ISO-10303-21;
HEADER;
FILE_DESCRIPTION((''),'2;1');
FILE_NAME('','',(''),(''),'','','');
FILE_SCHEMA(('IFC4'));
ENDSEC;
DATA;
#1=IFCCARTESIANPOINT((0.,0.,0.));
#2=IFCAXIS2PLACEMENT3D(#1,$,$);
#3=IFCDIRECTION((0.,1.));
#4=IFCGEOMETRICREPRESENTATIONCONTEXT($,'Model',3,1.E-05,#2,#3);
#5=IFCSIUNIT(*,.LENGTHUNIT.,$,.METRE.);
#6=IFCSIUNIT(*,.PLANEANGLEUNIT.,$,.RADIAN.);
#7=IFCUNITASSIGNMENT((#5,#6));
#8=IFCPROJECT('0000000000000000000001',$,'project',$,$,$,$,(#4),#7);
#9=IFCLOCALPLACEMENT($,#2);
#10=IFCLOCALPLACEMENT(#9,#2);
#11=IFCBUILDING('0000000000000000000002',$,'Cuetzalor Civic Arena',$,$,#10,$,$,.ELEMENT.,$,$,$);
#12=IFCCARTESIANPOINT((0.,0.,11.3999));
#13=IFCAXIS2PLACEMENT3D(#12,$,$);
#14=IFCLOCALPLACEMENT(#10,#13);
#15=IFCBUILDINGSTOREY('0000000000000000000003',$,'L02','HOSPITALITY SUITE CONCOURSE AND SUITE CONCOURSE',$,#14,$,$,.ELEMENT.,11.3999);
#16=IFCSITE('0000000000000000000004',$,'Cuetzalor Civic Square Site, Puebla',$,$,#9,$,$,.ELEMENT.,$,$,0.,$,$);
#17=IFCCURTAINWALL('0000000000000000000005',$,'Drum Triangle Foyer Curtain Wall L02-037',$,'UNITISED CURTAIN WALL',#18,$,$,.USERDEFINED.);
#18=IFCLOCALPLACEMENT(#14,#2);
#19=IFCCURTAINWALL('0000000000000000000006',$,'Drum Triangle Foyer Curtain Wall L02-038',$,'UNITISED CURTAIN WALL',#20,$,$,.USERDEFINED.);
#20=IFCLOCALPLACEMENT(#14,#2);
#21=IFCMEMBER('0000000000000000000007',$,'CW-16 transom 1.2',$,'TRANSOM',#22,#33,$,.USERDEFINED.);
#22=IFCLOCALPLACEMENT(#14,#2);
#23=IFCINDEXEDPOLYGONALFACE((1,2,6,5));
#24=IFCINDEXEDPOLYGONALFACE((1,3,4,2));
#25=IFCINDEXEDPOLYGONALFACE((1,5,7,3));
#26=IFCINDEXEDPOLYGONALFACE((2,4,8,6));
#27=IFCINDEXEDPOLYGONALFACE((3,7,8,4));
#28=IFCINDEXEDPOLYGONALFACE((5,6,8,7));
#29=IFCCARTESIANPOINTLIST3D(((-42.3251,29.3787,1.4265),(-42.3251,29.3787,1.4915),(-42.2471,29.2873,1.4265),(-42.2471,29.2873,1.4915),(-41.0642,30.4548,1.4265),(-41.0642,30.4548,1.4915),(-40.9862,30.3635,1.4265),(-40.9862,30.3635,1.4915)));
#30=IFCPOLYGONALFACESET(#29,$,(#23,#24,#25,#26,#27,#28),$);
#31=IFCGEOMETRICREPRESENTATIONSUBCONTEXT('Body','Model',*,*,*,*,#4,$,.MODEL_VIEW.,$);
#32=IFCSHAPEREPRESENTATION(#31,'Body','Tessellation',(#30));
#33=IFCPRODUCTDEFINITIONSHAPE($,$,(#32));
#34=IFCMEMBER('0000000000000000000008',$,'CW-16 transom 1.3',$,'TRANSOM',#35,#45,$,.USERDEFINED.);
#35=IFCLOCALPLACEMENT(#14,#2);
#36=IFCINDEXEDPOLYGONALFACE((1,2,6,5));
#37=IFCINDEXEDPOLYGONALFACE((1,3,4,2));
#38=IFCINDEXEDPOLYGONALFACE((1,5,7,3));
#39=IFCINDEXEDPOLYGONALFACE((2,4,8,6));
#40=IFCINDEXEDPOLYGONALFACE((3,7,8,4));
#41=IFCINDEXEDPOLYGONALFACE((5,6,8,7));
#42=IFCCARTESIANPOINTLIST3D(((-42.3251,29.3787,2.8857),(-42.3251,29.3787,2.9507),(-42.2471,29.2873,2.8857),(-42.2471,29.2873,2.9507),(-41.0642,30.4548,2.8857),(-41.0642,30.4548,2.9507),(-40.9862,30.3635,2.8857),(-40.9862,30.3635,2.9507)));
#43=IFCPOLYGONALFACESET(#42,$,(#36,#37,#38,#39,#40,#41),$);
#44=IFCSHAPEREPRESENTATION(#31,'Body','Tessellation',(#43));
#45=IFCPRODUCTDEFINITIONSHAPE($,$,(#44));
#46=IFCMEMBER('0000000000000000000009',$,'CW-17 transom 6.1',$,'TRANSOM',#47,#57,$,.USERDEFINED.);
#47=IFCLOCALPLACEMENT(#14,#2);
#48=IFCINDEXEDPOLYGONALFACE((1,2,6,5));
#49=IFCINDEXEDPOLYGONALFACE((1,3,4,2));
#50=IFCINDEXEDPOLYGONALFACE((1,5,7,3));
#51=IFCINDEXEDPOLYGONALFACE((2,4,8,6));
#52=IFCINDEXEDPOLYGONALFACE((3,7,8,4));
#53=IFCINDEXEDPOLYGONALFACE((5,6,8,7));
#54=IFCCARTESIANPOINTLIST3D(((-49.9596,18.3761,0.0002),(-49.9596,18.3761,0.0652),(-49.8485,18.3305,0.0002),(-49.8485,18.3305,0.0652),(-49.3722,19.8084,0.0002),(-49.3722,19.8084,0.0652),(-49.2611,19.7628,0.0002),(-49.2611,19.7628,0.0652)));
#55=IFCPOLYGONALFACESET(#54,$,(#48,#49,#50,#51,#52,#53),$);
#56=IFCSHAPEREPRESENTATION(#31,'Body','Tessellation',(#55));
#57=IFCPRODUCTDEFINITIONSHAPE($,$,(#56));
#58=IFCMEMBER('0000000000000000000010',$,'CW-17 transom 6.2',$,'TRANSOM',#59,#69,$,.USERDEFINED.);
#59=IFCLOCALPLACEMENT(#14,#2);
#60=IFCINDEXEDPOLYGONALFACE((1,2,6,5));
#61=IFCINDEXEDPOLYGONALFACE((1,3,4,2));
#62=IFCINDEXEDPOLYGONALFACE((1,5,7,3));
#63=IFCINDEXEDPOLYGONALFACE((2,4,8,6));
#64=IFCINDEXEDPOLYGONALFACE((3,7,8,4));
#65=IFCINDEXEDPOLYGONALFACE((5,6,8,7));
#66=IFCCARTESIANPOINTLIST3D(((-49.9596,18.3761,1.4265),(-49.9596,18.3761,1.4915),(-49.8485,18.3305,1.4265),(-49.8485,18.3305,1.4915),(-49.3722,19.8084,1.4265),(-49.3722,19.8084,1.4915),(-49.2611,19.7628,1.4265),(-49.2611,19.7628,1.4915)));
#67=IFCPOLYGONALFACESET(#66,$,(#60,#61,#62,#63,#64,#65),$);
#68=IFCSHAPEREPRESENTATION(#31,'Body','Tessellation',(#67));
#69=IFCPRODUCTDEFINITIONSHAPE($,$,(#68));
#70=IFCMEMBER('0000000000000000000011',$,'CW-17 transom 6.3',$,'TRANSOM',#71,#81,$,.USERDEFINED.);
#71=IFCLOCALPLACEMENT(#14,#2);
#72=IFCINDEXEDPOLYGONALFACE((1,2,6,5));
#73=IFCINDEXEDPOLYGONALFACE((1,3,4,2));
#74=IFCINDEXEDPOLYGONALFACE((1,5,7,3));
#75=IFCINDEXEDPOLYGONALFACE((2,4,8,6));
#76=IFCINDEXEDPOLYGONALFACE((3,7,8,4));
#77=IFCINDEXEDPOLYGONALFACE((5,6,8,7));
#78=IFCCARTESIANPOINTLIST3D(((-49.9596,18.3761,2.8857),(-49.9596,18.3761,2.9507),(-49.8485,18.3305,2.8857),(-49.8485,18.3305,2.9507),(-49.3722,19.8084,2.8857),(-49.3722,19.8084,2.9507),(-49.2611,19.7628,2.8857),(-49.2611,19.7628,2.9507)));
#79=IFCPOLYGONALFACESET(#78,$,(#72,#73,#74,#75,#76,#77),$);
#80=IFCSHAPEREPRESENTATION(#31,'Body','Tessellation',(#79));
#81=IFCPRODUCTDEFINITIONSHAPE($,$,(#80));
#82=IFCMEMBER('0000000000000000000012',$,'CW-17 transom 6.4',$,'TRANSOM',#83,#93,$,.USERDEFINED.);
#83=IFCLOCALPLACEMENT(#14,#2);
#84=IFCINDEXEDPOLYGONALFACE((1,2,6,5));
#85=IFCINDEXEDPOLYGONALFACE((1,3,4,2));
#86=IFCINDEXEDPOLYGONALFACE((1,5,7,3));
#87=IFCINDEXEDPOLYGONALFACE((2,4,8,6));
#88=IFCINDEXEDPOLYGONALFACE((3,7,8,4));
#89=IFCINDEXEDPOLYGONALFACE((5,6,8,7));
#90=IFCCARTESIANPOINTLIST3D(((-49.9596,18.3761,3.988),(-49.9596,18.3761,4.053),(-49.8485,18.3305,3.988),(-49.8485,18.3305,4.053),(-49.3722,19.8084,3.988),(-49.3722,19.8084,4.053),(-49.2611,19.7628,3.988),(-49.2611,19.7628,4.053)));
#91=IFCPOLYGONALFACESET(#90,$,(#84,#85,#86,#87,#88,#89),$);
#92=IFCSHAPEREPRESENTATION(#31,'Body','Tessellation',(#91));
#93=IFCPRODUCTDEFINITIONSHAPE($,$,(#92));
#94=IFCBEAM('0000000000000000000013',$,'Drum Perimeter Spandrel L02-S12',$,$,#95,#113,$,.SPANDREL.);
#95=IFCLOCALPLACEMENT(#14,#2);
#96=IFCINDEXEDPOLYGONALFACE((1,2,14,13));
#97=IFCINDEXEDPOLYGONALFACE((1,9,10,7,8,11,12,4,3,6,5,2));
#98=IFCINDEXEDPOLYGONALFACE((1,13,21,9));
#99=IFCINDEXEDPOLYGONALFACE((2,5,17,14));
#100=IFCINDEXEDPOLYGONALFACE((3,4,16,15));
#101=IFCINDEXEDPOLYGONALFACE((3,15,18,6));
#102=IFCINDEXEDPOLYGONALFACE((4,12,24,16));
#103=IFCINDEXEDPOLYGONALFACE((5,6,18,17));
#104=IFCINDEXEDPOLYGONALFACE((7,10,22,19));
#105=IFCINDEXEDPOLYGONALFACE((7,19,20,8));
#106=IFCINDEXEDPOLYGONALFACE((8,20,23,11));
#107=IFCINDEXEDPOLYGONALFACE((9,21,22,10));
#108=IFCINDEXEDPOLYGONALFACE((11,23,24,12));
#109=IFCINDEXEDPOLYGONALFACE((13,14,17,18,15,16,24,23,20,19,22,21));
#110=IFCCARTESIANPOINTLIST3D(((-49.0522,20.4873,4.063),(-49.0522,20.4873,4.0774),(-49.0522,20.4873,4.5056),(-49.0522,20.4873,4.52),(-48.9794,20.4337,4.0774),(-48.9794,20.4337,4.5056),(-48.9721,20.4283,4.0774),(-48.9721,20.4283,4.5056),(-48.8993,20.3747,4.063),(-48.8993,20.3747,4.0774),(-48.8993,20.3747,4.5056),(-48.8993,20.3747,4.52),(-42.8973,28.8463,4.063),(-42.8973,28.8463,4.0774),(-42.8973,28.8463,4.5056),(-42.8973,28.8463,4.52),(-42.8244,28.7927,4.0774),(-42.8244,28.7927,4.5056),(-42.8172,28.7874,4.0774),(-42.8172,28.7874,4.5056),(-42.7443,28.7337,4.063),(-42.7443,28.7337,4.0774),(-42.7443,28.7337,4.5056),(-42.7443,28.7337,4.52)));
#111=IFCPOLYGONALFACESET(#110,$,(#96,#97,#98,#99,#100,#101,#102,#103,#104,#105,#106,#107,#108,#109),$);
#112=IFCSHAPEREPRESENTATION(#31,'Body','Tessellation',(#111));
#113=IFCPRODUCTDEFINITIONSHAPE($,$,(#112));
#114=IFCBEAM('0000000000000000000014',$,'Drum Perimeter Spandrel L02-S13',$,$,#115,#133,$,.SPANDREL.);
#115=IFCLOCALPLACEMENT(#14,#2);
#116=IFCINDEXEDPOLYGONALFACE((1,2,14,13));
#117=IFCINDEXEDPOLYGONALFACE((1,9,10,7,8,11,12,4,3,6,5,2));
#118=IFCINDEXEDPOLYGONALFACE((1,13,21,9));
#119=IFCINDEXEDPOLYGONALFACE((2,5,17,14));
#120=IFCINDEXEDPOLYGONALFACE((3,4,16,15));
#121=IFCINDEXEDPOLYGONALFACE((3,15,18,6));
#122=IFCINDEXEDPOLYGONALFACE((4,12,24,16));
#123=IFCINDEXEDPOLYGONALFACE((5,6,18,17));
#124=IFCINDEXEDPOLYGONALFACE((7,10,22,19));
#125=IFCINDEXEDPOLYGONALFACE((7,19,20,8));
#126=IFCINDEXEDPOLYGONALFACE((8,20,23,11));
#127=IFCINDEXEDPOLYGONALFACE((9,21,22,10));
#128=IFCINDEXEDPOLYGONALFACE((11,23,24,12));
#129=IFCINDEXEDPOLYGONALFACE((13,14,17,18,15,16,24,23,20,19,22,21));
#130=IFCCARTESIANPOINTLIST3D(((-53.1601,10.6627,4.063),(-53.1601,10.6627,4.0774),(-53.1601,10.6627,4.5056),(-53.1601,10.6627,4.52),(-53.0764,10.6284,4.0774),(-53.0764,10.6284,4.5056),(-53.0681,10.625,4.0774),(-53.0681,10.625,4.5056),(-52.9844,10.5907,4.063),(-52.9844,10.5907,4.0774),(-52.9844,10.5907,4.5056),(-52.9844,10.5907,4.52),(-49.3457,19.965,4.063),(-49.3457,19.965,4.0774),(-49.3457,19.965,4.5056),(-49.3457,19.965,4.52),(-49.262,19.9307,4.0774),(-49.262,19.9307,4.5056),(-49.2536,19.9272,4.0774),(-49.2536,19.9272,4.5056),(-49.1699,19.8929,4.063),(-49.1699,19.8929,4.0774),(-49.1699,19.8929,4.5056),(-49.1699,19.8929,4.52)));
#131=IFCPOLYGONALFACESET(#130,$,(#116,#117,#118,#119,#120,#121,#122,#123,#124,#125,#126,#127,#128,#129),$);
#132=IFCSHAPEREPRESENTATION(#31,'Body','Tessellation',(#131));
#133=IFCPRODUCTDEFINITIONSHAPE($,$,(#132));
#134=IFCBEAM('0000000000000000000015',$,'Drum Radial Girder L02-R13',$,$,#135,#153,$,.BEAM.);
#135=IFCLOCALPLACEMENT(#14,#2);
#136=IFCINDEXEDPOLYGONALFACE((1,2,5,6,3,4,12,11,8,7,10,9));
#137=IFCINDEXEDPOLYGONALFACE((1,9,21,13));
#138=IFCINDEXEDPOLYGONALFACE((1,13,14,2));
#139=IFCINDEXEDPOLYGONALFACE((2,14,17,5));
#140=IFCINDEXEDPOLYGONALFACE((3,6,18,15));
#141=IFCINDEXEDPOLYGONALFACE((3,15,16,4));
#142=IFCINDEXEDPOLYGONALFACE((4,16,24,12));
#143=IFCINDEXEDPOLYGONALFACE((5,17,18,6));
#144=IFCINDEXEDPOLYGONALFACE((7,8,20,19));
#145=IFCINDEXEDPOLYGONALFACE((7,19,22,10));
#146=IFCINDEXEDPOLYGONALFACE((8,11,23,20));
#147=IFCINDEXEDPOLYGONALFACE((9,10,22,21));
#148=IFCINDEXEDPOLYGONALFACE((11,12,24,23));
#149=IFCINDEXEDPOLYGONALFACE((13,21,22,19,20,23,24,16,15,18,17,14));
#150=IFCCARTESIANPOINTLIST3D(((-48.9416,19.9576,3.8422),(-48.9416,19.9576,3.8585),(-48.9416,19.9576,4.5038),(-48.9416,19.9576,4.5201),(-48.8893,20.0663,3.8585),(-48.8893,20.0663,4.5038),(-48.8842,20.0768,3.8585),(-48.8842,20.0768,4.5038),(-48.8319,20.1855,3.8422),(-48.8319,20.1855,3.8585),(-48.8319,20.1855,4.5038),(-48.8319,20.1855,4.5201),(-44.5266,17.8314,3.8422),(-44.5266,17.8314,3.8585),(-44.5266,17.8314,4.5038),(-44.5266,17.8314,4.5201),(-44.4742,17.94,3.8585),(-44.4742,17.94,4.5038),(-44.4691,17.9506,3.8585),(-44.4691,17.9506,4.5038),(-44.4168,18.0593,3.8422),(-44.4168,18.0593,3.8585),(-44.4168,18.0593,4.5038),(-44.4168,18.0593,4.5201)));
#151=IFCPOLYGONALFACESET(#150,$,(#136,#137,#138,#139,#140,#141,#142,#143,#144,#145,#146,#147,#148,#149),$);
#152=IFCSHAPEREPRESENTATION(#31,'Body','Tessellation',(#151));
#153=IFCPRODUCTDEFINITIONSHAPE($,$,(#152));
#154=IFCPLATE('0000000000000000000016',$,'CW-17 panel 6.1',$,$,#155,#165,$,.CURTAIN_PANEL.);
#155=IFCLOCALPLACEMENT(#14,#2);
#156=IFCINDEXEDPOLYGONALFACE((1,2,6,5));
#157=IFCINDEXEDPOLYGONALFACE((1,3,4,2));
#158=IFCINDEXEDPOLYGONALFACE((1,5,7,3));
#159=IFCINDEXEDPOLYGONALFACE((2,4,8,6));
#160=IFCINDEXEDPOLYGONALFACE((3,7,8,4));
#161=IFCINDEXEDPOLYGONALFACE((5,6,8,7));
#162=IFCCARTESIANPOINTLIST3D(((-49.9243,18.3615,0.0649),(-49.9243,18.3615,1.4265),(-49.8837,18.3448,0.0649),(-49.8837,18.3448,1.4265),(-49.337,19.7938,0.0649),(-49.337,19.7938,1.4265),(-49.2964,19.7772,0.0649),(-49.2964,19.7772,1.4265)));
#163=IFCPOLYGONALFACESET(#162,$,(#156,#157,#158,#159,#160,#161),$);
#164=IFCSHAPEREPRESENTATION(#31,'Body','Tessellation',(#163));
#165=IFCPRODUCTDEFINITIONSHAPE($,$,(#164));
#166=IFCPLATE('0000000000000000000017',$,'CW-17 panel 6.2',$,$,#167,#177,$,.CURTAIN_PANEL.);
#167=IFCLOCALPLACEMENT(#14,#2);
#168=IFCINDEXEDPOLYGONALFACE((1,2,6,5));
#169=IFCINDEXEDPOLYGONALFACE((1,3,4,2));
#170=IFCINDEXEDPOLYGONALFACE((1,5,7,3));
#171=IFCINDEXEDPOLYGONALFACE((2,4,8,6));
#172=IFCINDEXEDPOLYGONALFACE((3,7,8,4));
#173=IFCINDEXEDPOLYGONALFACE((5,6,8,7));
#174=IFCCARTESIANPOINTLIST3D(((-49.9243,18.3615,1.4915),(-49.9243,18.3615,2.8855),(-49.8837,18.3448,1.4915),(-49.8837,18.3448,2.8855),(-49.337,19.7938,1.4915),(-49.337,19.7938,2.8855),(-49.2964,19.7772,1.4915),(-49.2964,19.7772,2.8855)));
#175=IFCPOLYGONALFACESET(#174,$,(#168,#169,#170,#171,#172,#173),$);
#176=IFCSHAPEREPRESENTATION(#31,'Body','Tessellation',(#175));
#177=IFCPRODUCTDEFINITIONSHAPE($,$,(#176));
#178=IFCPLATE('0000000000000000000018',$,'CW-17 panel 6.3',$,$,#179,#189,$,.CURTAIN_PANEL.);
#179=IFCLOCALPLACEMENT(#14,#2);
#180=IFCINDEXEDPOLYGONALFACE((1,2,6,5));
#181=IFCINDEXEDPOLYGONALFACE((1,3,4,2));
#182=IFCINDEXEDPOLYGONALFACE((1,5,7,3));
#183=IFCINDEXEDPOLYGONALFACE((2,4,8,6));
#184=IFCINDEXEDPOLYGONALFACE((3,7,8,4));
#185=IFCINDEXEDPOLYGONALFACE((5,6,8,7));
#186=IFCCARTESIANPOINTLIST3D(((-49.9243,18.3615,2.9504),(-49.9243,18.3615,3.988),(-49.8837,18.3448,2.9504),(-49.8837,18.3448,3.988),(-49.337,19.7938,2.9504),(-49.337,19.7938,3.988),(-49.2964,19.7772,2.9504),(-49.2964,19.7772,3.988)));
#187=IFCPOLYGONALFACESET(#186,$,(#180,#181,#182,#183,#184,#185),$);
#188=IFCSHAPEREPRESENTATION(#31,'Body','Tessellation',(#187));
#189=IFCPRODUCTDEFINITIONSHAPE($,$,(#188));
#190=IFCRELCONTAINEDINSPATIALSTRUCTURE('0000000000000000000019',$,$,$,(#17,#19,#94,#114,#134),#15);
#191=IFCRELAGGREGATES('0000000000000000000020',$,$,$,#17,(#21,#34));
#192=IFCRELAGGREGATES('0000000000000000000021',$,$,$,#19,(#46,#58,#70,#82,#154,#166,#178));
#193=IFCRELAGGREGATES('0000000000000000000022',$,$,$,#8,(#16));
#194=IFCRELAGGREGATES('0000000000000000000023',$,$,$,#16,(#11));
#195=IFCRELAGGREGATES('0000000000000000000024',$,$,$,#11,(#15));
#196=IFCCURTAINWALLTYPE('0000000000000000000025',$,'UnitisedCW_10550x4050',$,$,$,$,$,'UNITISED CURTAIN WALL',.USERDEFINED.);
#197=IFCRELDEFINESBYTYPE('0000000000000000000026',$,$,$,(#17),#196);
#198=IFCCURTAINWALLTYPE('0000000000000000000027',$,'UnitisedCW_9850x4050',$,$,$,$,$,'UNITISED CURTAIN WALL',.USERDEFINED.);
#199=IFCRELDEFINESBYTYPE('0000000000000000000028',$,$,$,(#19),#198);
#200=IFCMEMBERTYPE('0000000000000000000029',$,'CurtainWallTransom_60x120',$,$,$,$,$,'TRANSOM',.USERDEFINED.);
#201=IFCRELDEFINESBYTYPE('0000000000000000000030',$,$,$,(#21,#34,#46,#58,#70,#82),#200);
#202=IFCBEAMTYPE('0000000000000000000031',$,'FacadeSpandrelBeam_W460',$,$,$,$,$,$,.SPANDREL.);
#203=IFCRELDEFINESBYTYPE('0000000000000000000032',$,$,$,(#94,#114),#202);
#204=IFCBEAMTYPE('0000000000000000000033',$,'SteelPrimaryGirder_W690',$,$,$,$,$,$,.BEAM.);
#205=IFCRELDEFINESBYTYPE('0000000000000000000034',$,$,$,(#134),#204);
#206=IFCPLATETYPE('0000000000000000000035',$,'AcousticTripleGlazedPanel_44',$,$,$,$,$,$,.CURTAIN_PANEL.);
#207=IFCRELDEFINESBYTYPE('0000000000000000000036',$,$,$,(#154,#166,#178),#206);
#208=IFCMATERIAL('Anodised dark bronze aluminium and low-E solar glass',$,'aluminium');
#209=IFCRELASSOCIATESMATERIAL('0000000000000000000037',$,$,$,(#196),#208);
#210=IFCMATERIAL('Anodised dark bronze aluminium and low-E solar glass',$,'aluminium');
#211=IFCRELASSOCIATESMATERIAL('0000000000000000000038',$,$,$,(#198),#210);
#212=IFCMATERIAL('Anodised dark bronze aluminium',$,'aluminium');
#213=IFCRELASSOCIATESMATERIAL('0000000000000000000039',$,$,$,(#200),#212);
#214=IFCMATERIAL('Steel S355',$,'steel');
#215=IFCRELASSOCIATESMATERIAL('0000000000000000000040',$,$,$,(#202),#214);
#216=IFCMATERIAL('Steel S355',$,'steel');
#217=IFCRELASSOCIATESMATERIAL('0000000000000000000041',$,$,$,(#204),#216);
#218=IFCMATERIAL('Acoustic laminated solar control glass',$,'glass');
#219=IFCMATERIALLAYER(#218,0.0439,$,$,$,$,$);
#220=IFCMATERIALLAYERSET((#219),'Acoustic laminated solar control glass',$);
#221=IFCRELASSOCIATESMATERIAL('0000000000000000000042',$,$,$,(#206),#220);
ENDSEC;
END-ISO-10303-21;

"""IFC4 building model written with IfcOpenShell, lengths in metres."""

from ifc_helpers import new_model, si_unit, direction, frame, origin, origin_2d, place, context, subcontext, project, spatial, rectangle, i_section, extrude, material, layer, layer_set, material_profile, profile_set, type_object, element, aggregate, save


model = new_model("IFC4")

# Units and contexts
model_context = context("Model", 3, precision=1e-05, world=origin(), true_north=direction((0.0, 1.0)))
body_context = subcontext(model_context, "Body", "Model", "MODEL_VIEW")
ifc_project = project(units=[si_unit("LENGTHUNIT", "METRE"), si_unit("PLANEANGLEUNIT", "RADIAN")], contexts=[model_context])

# Site, building, storey
site_placement = place(None, origin())
site = spatial("IfcSite", under=ifc_project, at=site_placement, Name="Cuetzalor Civic Square Site, Puebla", CompositionType="ELEMENT", RefElevation=0.0)
building_placement = place(site_placement, origin())
building = spatial("IfcBuilding", under=site, at=building_placement, Name="Cuetzalor Civic Arena", CompositionType="ELEMENT")
storey_placement = place(building_placement, frame((0.0, 0.0, 11.3999)))
storey = spatial("IfcBuildingStorey", under=building, at=storey_placement, Name="L02", Description="HOSPITALITY SUITE CONCOURSE AND SUITE CONCOURSE", CompositionType="ELEMENT", Elevation=11.3999)

# Curtain wall
ifc_material_1 = material(Name="Anodised dark bronze aluminium and low-E solar glass", Category="aluminium")
curtain_wall_type_1 = type_object("IfcCurtainWallType", Name="UnitisedCW_10550x4050", ElementType="UNITISED CURTAIN WALL", PredefinedType="USERDEFINED", material=ifc_material_1)
curtain_wall_1_placement = place(storey_placement, origin())
curtain_wall_1 = element("IfcCurtainWall", 1, at=curtain_wall_1_placement, inside=storey, type_object=curtain_wall_type_1, Name="Drum Triangle Foyer Curtain Wall L02-037", ObjectType="UNITISED CURTAIN WALL", PredefinedType="USERDEFINED")

# Curtain wall
ifc_material_2 = material(Name="Anodised dark bronze aluminium and low-E solar glass", Category="aluminium")
curtain_wall_type_2 = type_object("IfcCurtainWallType", Name="UnitisedCW_9850x4050", ElementType="UNITISED CURTAIN WALL", PredefinedType="USERDEFINED", material=ifc_material_2)
curtain_wall_2_placement = place(storey_placement, origin())
curtain_wall_2 = element("IfcCurtainWall", 2, at=curtain_wall_2_placement, inside=storey, type_object=curtain_wall_type_2, Name="Drum Triangle Foyer Curtain Wall L02-038", ObjectType="UNITISED CURTAIN WALL", PredefinedType="USERDEFINED")

# Members
ifc_material_3 = material(Name="Anodised dark bronze aluminium", Category="aluminium")
ifc_material_profile_1 = material_profile(ifc_material_3, rectangle(XDim=0.1201, YDim=0.0649, at=origin_2d()), Name="ALU TRANSOM 65x120")
ifc_profile_set_1 = profile_set([ifc_material_profile_1], Name="Anodised dark bronze aluminium")
member_type_1 = type_object("IfcMemberType", Name="CurtainWallTransom_60x120", ElementType="TRANSOM", PredefinedType="USERDEFINED", material=ifc_profile_set_1)
member_1_placement = place(storey_placement, frame((-42.2861, 29.333, 1.459), z_axis=(0.760648, 0.649165, 0.0), x_axis=(-0.649165, 0.760648, 0.0)))
member_1 = element("IfcMember", 3, at=member_1_placement, type_object=member_type_1, Name="CW-16 transom 1.2", ObjectType="TRANSOM", PredefinedType="USERDEFINED", context=body_context, shape_type="SweptSolid", body=[
    extrude(rectangle(XDim=0.1201, YDim=0.0649, at=origin_2d()), origin(), (0.0, 0.0, 1.0), 1.6577),
])
member_2_placement = place(storey_placement, frame((-42.2861, 29.333, 2.9182), z_axis=(0.760648, 0.649165, 0.0), x_axis=(-0.649165, 0.760648, 0.0)))
member_2 = element("IfcMember", 4, at=member_2_placement, type_object=member_type_1, Name="CW-16 transom 1.3", ObjectType="TRANSOM", PredefinedType="USERDEFINED", context=body_context, shape_type="SweptSolid", body=[
    extrude(rectangle(XDim=0.1201, YDim=0.0649, at=origin_2d()), origin(), (0.0, 0.0, 1.0), 1.6577),
])
aggregate(curtain_wall_1, [member_1, member_2])
member_3_placement = place(storey_placement, frame((-49.9041, 18.3533, 0.0327), z_axis=(0.379425, 0.925223, 0.0), x_axis=(-0.925223, 0.379425, 0.0)))
member_3 = element("IfcMember", 5, at=member_3_placement, type_object=member_type_1, Name="CW-17 transom 6.1", ObjectType="TRANSOM", PredefinedType="USERDEFINED", context=body_context, shape_type="SweptSolid", body=[
    extrude(rectangle(XDim=0.1201, YDim=0.0649, at=origin_2d()), origin(), (0.0, 0.0, 1.0), 1.5481),
])
member_4_placement = place(storey_placement, frame((-49.9041, 18.3533, 1.459), z_axis=(0.379425, 0.925223, 0.0), x_axis=(-0.925223, 0.379425, 0.0)))
member_4 = element("IfcMember", 6, at=member_4_placement, type_object=member_type_1, Name="CW-17 transom 6.2", ObjectType="TRANSOM", PredefinedType="USERDEFINED", context=body_context, shape_type="SweptSolid", body=[
    extrude(rectangle(XDim=0.1201, YDim=0.0649, at=origin_2d()), origin(), (0.0, 0.0, 1.0), 1.5481),
])
member_5_placement = place(storey_placement, frame((-49.9041, 18.3533, 2.9182), z_axis=(0.379425, 0.925223, 0.0), x_axis=(-0.925223, 0.379425, 0.0)))
member_5 = element("IfcMember", 7, at=member_5_placement, type_object=member_type_1, Name="CW-17 transom 6.3", ObjectType="TRANSOM", PredefinedType="USERDEFINED", context=body_context, shape_type="SweptSolid", body=[
    extrude(rectangle(XDim=0.1201, YDim=0.0649, at=origin_2d()), origin(), (0.0, 0.0, 1.0), 1.5481),
])
member_6_placement = place(storey_placement, frame((-49.9041, 18.3533, 4.0205), z_axis=(0.379425, 0.925223, 0.0), x_axis=(-0.925223, 0.379425, 0.0)))
member_6 = element("IfcMember", 8, at=member_6_placement, type_object=member_type_1, Name="CW-17 transom 6.4", ObjectType="TRANSOM", PredefinedType="USERDEFINED", context=body_context, shape_type="SweptSolid", body=[
    extrude(rectangle(XDim=0.1201, YDim=0.0649, at=origin_2d()), origin(), (0.0, 0.0, 1.0), 1.5481),
])

# Beams
ifc_material_4 = material(Name="Steel S355", Category="steel")
ifc_material_profile_2 = material_profile(ifc_material_4, i_section(OverallWidth=0.1899, OverallDepth=0.457, WebThickness=0.009, FlangeThickness=0.0144, at=origin_2d()), Name="W460x74")
ifc_profile_set_2 = profile_set([ifc_material_profile_2], Name="Steel S355")
beam_type_1 = type_object("IfcBeamType", Name="FacadeSpandrelBeam_W460", PredefinedType="SPANDREL", material=ifc_profile_set_2)
beam_1_placement = place(storey_placement, frame((-42.8208, 28.79, 4.2915), z_axis=(-0.592929, -0.805255, 0.0), x_axis=(0.805255, -0.592929, 0.0)))
element("IfcBeam", 9, at=beam_1_placement, inside=storey, type_object=beam_type_1, Name="Drum Perimeter Spandrel L02-S12", PredefinedType="SPANDREL", context=body_context, shape_type="SweptSolid", body=[
    extrude(i_section(OverallWidth=0.1899, OverallDepth=0.457, WebThickness=0.009, FlangeThickness=0.0144, at=origin_2d()), origin(), (0.0, 0.0, 1.0), 10.3806),
])
beam_2_placement = place(storey_placement, frame((-49.2578, 19.929, 4.2915), z_axis=(-0.379399, -0.925233, 0.0), x_axis=(0.925233, -0.379399, 0.0)))
element("IfcBeam", 10, at=beam_2_placement, inside=storey, type_object=beam_type_1, Name="Drum Perimeter Spandrel L02-S13", PredefinedType="SPANDREL", context=body_context, shape_type="SweptSolid", body=[
    extrude(i_section(OverallWidth=0.1899, OverallDepth=0.457, WebThickness=0.009, FlangeThickness=0.0144, at=origin_2d()), origin(), (0.0, 0.0, 1.0), 10.054),
])
ifc_material_5 = material(Name="Steel S355", Category="steel")
ifc_material_profile_3 = material_profile(ifc_material_5, i_section(OverallWidth=0.2529, OverallDepth=0.678, WebThickness=0.0117, FlangeThickness=0.0164, at=origin_2d()), Name="W690x125")
ifc_profile_set_3 = profile_set([ifc_material_profile_3], Name="Steel S355")
beam_type_2 = type_object("IfcBeamType", Name="SteelPrimaryGirder_W690", PredefinedType="BEAM", material=ifc_profile_set_3)
beam_3_placement = place(storey_placement, frame((-44.4717, 17.9453, 4.1812), z_axis=(-0.900965, 0.433892, 0.0), x_axis=(-0.433892, -0.900965, 0.0)))
element("IfcBeam", 11, at=beam_3_placement, inside=storey, type_object=beam_type_2, Name="Drum Radial Girder L02-R13", PredefinedType="BEAM", context=body_context, shape_type="SweptSolid", body=[
    extrude(i_section(OverallWidth=0.2529, OverallDepth=0.678, WebThickness=0.0117, FlangeThickness=0.0164, at=origin_2d()), origin(), (0.0, 0.0, 1.0), 4.9004),
])

# Plates
ifc_material_6 = material(Name="Acoustic laminated solar control glass", Category="glass")
ifc_layer_1 = layer(ifc_material_6, 0.0439)
ifc_layer_set_1 = layer_set([ifc_layer_1], Name="Acoustic laminated solar control glass")
plate_type = type_object("IfcPlateType", Name="AcousticTripleGlazedPanel_44", PredefinedType="CURTAIN_PANEL", material=ifc_layer_set_1)
plate_1_placement = place(storey_placement, frame((-49.6104, 19.0693, 0.0649), z_axis=(0.0, 0.0, 1.0), x_axis=(0.379391, 0.925236, 0.0)))
plate_1 = element("IfcPlate", 12, at=plate_1_placement, type_object=plate_type, Name="CW-17 panel 6.1", PredefinedType="CURTAIN_PANEL", context=body_context, shape_type="SweptSolid", body=[
    extrude(rectangle(XDim=1.5481, YDim=0.0439, at=origin_2d()), origin(), (0.0, 0.0, 1.0), 1.3616),
])
plate_2_placement = place(storey_placement, frame((-49.6104, 19.0693, 1.4915), z_axis=(0.0, 0.0, 1.0), x_axis=(0.379391, 0.925236, 0.0)))
plate_2 = element("IfcPlate", 13, at=plate_2_placement, type_object=plate_type, Name="CW-17 panel 6.2", PredefinedType="CURTAIN_PANEL", context=body_context, shape_type="SweptSolid", body=[
    extrude(rectangle(XDim=1.5481, YDim=0.0439, at=origin_2d()), origin(), (0.0, 0.0, 1.0), 1.394),
])
plate_3_placement = place(storey_placement, frame((-49.6104, 19.0693, 2.9504), z_axis=(0.0, 0.0, 1.0), x_axis=(0.379391, 0.925236, 0.0)))
plate_3 = element("IfcPlate", 14, at=plate_3_placement, type_object=plate_type, Name="CW-17 panel 6.3", PredefinedType="CURTAIN_PANEL", context=body_context, shape_type="SweptSolid", body=[
    extrude(rectangle(XDim=1.5481, YDim=0.0439, at=origin_2d()), origin(), (0.0, 0.0, 1.0), 1.0376),
])
aggregate(curtain_wall_2, [member_3, member_4, member_5, member_6, plate_1, plate_2, plate_3])

save(model, "model.ifc")
